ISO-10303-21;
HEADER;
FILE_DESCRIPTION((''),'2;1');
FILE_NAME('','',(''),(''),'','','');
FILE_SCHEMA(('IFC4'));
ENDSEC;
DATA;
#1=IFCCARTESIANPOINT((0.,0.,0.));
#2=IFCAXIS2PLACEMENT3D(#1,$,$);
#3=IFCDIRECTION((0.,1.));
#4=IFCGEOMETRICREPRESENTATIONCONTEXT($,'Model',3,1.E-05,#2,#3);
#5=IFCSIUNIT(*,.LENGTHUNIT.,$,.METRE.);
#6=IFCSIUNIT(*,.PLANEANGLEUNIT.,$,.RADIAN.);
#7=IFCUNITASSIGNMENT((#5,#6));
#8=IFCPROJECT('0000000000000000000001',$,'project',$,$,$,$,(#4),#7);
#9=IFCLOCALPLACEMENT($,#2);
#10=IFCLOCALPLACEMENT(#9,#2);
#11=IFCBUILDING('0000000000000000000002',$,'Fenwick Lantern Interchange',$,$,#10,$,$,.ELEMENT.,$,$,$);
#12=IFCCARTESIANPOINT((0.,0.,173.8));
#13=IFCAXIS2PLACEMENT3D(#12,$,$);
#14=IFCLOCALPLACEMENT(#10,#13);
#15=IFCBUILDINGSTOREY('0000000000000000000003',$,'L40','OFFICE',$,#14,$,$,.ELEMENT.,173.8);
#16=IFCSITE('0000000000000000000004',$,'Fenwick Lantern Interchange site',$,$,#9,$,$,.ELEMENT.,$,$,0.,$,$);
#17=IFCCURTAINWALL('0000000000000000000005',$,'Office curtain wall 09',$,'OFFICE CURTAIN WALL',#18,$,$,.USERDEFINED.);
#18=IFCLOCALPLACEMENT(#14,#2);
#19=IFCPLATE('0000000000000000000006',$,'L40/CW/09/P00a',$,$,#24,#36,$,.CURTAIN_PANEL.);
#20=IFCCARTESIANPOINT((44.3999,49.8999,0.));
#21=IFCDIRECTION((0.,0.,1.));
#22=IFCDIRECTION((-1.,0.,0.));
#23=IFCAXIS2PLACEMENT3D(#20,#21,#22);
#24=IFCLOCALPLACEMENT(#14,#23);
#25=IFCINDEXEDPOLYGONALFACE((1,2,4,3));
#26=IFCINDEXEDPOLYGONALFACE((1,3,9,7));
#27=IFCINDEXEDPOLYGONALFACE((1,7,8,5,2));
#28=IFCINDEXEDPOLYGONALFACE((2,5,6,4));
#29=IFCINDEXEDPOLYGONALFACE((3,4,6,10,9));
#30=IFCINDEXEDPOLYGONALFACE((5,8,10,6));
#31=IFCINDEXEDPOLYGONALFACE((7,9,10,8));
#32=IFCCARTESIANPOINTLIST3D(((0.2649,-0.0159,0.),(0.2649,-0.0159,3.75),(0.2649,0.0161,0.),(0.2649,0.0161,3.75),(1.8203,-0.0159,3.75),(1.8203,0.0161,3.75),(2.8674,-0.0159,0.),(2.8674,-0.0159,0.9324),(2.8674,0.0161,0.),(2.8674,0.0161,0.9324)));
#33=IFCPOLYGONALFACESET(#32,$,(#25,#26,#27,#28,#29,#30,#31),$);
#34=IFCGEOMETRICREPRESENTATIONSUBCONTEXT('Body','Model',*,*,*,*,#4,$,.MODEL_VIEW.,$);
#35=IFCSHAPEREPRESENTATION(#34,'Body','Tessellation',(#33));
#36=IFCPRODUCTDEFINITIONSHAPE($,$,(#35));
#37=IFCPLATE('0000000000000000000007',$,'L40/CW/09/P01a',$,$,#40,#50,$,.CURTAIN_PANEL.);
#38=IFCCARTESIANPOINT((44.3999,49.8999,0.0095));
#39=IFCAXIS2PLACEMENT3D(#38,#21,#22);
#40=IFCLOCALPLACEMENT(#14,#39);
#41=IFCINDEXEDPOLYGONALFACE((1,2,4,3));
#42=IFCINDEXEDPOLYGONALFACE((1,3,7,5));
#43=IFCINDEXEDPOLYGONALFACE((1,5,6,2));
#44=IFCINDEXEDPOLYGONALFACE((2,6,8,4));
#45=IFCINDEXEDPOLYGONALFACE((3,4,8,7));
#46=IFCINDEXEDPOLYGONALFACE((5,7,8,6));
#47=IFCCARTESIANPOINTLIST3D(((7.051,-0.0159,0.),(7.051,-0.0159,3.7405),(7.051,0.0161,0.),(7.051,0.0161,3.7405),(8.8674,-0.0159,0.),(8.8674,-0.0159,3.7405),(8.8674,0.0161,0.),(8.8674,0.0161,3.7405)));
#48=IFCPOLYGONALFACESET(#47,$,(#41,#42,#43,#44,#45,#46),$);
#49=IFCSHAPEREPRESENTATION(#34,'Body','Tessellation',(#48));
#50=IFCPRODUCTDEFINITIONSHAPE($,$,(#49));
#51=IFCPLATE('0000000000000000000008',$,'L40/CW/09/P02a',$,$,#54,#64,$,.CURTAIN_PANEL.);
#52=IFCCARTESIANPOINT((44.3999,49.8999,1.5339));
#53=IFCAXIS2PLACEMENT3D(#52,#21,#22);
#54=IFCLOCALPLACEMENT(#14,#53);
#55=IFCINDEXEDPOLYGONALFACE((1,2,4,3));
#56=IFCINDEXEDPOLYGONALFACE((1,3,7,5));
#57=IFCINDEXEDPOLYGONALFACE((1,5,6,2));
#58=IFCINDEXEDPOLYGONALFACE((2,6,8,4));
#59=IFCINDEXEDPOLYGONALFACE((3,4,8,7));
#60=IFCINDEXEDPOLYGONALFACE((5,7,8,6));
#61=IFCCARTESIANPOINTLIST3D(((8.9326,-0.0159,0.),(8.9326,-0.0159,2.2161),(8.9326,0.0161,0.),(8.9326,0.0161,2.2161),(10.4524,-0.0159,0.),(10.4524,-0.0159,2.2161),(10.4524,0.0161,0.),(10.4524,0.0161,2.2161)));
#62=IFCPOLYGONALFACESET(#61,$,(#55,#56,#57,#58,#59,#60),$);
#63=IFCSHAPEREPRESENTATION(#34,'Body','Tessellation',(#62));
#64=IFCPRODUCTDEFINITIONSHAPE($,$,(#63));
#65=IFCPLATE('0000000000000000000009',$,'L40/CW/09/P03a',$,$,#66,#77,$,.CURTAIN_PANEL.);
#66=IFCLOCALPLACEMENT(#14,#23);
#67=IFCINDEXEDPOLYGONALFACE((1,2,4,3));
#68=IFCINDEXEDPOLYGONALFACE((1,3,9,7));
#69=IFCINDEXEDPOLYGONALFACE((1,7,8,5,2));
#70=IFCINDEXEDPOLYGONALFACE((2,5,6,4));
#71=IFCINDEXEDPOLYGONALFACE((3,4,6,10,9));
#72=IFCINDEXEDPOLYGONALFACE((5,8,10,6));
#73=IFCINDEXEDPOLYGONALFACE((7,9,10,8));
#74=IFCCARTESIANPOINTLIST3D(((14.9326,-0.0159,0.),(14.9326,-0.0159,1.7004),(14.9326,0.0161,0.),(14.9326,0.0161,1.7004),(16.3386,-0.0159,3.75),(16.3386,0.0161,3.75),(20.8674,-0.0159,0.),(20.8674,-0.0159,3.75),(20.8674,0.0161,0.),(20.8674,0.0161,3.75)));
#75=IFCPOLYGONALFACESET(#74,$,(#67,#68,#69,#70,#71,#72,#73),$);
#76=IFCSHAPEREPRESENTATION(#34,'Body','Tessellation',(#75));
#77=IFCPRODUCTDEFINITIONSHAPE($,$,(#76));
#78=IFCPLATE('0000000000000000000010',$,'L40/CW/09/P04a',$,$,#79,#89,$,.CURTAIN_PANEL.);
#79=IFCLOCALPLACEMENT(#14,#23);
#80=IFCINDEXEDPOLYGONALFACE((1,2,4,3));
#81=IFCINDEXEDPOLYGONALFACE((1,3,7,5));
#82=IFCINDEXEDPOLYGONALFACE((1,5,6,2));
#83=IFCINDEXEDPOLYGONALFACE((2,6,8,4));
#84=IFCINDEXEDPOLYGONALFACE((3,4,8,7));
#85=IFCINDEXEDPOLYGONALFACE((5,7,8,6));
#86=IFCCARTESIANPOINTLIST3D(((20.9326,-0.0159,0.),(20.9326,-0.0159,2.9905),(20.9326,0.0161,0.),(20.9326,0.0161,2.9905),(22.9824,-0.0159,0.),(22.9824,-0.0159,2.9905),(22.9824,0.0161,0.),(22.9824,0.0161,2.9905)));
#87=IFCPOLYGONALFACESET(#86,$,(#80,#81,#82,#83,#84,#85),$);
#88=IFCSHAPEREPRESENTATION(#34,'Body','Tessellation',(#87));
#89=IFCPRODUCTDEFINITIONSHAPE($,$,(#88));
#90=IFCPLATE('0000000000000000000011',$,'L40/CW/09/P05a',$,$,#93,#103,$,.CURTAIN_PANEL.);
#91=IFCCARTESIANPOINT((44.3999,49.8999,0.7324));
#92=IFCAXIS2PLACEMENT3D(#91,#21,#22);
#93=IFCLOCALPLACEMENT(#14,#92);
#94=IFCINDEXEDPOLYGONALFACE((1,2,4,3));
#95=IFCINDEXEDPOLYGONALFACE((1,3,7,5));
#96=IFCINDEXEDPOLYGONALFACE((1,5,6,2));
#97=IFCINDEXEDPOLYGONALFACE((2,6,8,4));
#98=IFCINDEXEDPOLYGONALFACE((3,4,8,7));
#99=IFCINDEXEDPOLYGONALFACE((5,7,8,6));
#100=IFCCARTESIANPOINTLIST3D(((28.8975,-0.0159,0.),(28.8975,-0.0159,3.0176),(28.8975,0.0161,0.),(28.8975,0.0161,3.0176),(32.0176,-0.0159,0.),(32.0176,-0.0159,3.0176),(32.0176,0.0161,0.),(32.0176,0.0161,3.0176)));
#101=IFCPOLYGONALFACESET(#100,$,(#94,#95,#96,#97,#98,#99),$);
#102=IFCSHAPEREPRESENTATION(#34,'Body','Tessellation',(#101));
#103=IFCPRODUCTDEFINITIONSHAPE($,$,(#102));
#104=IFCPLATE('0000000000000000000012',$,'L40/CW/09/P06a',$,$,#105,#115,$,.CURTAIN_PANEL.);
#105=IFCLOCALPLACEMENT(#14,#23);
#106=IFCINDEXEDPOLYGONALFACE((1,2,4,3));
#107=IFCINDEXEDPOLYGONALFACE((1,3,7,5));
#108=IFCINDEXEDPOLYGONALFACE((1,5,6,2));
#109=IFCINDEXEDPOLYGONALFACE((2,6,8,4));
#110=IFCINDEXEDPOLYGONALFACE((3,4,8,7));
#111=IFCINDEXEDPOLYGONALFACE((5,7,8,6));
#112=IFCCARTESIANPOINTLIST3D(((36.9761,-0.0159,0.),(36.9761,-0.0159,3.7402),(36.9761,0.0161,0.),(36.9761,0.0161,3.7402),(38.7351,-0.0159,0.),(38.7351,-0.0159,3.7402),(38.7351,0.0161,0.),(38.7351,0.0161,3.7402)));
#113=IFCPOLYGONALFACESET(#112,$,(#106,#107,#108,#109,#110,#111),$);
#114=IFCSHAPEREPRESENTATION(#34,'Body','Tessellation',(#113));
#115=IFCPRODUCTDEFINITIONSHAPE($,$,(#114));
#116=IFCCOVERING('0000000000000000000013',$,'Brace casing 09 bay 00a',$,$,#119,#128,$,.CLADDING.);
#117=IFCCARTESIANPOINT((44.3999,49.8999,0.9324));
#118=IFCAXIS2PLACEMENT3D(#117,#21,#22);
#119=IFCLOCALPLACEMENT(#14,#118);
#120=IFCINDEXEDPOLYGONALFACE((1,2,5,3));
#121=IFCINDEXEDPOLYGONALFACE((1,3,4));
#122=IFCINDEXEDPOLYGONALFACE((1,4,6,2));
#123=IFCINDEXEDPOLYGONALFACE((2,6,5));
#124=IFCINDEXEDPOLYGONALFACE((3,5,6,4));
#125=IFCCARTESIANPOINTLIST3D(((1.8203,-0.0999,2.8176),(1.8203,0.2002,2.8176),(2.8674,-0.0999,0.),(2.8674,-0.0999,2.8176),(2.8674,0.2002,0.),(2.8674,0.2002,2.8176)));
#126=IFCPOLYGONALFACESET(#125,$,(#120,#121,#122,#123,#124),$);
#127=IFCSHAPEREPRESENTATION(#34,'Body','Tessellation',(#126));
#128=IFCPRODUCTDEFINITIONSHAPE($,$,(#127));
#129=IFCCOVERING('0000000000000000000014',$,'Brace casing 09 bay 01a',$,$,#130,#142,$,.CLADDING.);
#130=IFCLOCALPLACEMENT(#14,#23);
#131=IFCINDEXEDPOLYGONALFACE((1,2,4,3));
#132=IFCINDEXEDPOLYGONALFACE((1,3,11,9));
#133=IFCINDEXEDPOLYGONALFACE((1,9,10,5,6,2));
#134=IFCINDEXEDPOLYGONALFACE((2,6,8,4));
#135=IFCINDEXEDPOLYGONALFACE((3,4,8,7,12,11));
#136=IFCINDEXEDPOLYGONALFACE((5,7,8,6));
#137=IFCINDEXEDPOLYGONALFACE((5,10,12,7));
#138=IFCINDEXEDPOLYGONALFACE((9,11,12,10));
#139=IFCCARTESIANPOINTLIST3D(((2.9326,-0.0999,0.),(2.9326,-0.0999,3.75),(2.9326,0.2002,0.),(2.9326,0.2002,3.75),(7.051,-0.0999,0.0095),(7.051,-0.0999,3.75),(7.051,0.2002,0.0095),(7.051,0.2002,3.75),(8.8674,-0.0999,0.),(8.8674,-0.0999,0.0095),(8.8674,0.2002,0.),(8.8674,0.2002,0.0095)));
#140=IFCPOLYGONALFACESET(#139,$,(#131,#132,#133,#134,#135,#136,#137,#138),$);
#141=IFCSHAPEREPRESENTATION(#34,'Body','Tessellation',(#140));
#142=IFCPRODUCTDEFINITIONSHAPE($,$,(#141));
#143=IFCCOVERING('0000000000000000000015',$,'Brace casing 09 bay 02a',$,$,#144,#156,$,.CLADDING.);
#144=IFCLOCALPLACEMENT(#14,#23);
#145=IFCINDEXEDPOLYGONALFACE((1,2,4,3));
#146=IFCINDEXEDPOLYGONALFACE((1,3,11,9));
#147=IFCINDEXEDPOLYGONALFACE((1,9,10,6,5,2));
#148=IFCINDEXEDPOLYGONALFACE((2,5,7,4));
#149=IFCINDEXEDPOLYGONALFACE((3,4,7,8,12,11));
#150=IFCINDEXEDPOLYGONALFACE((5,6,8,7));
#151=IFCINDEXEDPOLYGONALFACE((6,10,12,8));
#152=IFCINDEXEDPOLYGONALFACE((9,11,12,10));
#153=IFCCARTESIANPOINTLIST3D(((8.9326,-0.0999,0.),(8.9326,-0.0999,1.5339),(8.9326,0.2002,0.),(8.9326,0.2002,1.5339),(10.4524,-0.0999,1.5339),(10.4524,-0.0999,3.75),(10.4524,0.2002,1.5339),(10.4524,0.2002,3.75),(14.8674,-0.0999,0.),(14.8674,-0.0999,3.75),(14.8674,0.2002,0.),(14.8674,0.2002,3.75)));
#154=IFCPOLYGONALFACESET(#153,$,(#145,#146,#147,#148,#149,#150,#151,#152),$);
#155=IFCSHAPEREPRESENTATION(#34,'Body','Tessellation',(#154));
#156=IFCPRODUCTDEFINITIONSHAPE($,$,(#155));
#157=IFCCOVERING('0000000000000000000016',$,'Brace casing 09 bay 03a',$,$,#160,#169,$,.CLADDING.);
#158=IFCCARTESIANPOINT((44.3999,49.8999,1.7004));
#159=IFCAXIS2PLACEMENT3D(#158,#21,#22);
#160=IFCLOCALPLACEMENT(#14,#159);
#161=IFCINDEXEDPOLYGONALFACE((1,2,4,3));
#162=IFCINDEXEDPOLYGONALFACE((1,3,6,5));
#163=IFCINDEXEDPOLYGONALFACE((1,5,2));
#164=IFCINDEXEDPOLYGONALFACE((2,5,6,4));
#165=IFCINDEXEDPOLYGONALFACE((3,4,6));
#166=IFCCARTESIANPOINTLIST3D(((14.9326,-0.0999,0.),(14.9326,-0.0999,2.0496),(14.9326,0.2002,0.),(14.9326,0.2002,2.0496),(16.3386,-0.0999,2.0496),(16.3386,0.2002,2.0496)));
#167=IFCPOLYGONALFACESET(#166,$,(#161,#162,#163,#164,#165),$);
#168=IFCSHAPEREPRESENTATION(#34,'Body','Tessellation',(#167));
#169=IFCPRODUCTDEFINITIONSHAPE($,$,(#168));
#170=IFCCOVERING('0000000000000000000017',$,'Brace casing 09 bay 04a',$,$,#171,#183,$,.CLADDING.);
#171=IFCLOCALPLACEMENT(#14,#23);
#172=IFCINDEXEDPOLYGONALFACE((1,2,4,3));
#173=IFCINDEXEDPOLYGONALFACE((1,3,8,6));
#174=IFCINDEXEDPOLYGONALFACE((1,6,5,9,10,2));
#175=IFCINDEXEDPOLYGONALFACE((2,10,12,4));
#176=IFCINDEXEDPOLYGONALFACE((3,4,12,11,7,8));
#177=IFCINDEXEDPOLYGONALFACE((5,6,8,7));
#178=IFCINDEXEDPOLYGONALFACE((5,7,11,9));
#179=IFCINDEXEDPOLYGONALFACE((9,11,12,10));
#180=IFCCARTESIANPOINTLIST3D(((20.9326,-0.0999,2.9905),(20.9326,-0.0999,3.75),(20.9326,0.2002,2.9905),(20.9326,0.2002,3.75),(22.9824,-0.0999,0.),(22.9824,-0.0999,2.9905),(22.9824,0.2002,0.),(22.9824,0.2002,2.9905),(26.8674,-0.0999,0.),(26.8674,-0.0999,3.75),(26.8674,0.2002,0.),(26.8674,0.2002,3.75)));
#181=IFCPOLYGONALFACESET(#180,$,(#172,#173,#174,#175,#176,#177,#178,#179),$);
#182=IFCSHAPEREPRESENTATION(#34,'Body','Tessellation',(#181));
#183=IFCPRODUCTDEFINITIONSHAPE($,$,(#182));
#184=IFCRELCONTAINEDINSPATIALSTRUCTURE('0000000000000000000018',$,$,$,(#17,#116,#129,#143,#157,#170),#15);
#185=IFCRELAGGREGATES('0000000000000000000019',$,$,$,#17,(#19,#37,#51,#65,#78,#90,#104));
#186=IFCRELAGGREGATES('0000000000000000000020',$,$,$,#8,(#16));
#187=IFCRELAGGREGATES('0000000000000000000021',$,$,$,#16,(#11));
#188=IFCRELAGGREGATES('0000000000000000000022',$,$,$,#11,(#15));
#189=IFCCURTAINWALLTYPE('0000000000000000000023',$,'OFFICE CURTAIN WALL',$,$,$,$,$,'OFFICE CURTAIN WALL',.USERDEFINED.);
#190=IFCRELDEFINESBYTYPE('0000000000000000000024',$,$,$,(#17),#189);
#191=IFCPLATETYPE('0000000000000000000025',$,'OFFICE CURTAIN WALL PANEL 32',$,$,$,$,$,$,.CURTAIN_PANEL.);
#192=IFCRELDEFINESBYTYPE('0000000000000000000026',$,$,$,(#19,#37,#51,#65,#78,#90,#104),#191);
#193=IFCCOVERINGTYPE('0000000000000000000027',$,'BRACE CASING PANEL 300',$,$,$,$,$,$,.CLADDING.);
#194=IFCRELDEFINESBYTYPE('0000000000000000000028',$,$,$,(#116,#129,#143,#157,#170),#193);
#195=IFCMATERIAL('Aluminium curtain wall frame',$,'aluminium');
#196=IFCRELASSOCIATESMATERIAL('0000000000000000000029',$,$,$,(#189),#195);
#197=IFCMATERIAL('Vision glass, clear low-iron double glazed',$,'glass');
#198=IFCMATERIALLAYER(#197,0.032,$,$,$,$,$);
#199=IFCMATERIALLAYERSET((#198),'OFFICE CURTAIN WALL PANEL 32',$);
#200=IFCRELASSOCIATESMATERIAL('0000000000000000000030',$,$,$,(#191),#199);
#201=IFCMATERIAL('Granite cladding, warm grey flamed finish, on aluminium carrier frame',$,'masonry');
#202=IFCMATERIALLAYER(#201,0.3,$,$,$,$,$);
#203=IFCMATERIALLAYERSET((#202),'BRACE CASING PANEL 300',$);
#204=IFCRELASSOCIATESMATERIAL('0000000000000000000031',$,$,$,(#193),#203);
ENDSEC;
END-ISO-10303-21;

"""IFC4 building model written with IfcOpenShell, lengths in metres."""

from ifc_helpers import new_model, si_unit, direction, frame, origin, place, context, subcontext, project, spatial, polyline, outline, extrude, material, layer, layer_set, type_object, element, aggregate, save


model = new_model("IFC4")

# Units and contexts
model_context = context("Model", 3, precision=1e-05, world=origin(), true_north=direction((0.0, 1.0)))
body_context = subcontext(model_context, "Body", "Model", "MODEL_VIEW")
ifc_project = project(units=[si_unit("LENGTHUNIT", "METRE"), si_unit("PLANEANGLEUNIT", "RADIAN")], contexts=[model_context])

# Site, building, storey
site_placement = place(None, origin())
site = spatial("IfcSite", under=ifc_project, at=site_placement, Name="Fenwick Lantern Interchange site", CompositionType="ELEMENT", RefElevation=0.0)
building_placement = place(site_placement, origin())
building = spatial("IfcBuilding", under=site, at=building_placement, Name="Fenwick Lantern Interchange", CompositionType="ELEMENT")
storey_placement = place(building_placement, frame((0.0, 0.0, 173.8)))
storey = spatial("IfcBuildingStorey", under=building, at=storey_placement, Name="L40", Description="OFFICE", CompositionType="ELEMENT", Elevation=173.8)

# Shared definitions
ifc_material_1 = material(Name="Aluminium curtain wall frame", Category="aluminium")
curtain_wall_type = type_object("IfcCurtainWallType", Name="OFFICE CURTAIN WALL", ElementType="OFFICE CURTAIN WALL", PredefinedType="USERDEFINED", material=ifc_material_1)

# Curtain wall
curtain_wall_1_placement = place(storey_placement, origin())
curtain_wall_1 = element("IfcCurtainWall", 1, at=curtain_wall_1_placement, inside=storey, type_object=curtain_wall_type, Name="Office curtain wall 09", ObjectType="OFFICE CURTAIN WALL", PredefinedType="USERDEFINED")

# Plates
ifc_material_2 = material(Name="Vision glass, clear low-iron double glazed", Category="glass")
ifc_layer_1 = layer(ifc_material_2, 0.032)
ifc_layer_set_1 = layer_set([ifc_layer_1], Name="OFFICE CURTAIN WALL PANEL 32")
plate_type = type_object("IfcPlateType", Name="OFFICE CURTAIN WALL PANEL 32", PredefinedType="CURTAIN_PANEL", material=ifc_layer_set_1)
plate_1_placement = place(storey_placement, frame((44.3999, 49.8999, 0.0), z_axis=(0.0, 0.0, 1.0), x_axis=(-1.0, 0.0, 0.0)))
plate_1 = element("IfcPlate", 2, at=plate_1_placement, type_object=plate_type, Name="L40/CW/09/P00a", PredefinedType="CURTAIN_PANEL", context=body_context, shape_type="SweptSolid", body=[
    extrude(outline(polyline([(0.2649, 0.0), (2.8674, 0.0), (2.8674, 0.9324), (1.8203, 3.75), (0.2649, 3.75), (0.2649, 0.0)])), frame((0.0, 0.0161, 0.0), z_axis=(0.0, -1.0, 0.0), x_axis=(1.0, 0.0, 0.0)), (0.0, 0.0, 1.0), 0.032),
])
plate_2_placement = place(storey_placement, frame((44.3999, 49.8999, 0.0095), z_axis=(0.0, 0.0, 1.0), x_axis=(-1.0, 0.0, 0.0)))
plate_2 = element("IfcPlate", 3, at=plate_2_placement, type_object=plate_type, Name="L40/CW/09/P01a", PredefinedType="CURTAIN_PANEL", context=body_context, shape_type="SweptSolid", body=[
    extrude(outline(polyline([(7.051, 0.0), (8.8674, 0.0), (8.8674, 3.7405), (7.051, 3.7405), (7.051, 0.0)])), frame((0.0, 0.0161, 0.0), z_axis=(0.0, -1.0, 0.0), x_axis=(1.0, 0.0, 0.0)), (0.0, 0.0, 1.0), 0.032),
])
plate_3_placement = place(storey_placement, frame((44.3999, 49.8999, 1.5339), z_axis=(0.0, 0.0, 1.0), x_axis=(-1.0, 0.0, 0.0)))
plate_3 = element("IfcPlate", 4, at=plate_3_placement, type_object=plate_type, Name="L40/CW/09/P02a", PredefinedType="CURTAIN_PANEL", context=body_context, shape_type="SweptSolid", body=[
    extrude(outline(polyline([(8.9326, 0.0), (10.4524, 0.0), (10.4524, 2.2161), (8.9326, 2.2161), (8.9326, 0.0)])), frame((0.0, 0.0161, 0.0), z_axis=(0.0, -1.0, 0.0), x_axis=(1.0, 0.0, 0.0)), (0.0, 0.0, 1.0), 0.032),
])
plate_4_placement = place(storey_placement, frame((44.3999, 49.8999, 0.0), z_axis=(0.0, 0.0, 1.0), x_axis=(-1.0, 0.0, 0.0)))
plate_4 = element("IfcPlate", 5, at=plate_4_placement, type_object=plate_type, Name="L40/CW/09/P03a", PredefinedType="CURTAIN_PANEL", context=body_context, shape_type="SweptSolid", body=[
    extrude(outline(polyline([(14.9326, 0.0), (20.8674, 0.0), (20.8674, 3.75), (16.3386, 3.75), (14.9326, 1.7004), (14.9326, 0.0)])), frame((0.0, 0.0161, 0.0), z_axis=(0.0, -1.0, 0.0), x_axis=(1.0, 0.0, 0.0)), (0.0, 0.0, 1.0), 0.032),
])
plate_5_placement = place(storey_placement, frame((44.3999, 49.8999, 0.0), z_axis=(0.0, 0.0, 1.0), x_axis=(-1.0, 0.0, 0.0)))
plate_5 = element("IfcPlate", 6, at=plate_5_placement, type_object=plate_type, Name="L40/CW/09/P04a", PredefinedType="CURTAIN_PANEL", context=body_context, shape_type="SweptSolid", body=[
    extrude(outline(polyline([(20.9326, 0.0), (22.9824, 0.0), (22.9824, 2.9905), (20.9326, 2.9905), (20.9326, 0.0)])), frame((0.0, 0.0161, 0.0), z_axis=(0.0, -1.0, 0.0), x_axis=(1.0, 0.0, 0.0)), (0.0, 0.0, 1.0), 0.032),
])
plate_6_placement = place(storey_placement, frame((44.3999, 49.8999, 0.7324), z_axis=(0.0, 0.0, 1.0), x_axis=(-1.0, 0.0, 0.0)))
plate_6 = element("IfcPlate", 7, at=plate_6_placement, type_object=plate_type, Name="L40/CW/09/P05a", PredefinedType="CURTAIN_PANEL", context=body_context, shape_type="SweptSolid", body=[
    extrude(outline(polyline([(28.8975, 0.0), (32.0176, 0.0), (32.0176, 3.0176), (28.8975, 3.0176), (28.8975, 0.0)])), frame((0.0, 0.0161, 0.0), z_axis=(0.0, -1.0, 0.0), x_axis=(1.0, 0.0, 0.0)), (0.0, 0.0, 1.0), 0.032),
])
plate_7_placement = place(storey_placement, frame((44.3999, 49.8999, 0.0), z_axis=(0.0, 0.0, 1.0), x_axis=(-1.0, 0.0, 0.0)))
plate_7 = element("IfcPlate", 8, at=plate_7_placement, type_object=plate_type, Name="L40/CW/09/P06a", PredefinedType="CURTAIN_PANEL", context=body_context, shape_type="SweptSolid", body=[
    extrude(outline(polyline([(36.9761, 0.0), (38.7351, 0.0), (38.7351, 3.7402), (36.9761, 3.7402), (36.9761, 0.0)])), frame((0.0, 0.0161, 0.0), z_axis=(0.0, -1.0, 0.0), x_axis=(1.0, 0.0, 0.0)), (0.0, 0.0, 1.0), 0.032),
])
aggregate(curtain_wall_1, [plate_1, plate_2, plate_3, plate_4, plate_5, plate_6, plate_7])

# Coverings
ifc_material_3 = material(Name="Granite cladding, warm grey flamed finish, on aluminium carrier frame", Category="masonry")
ifc_layer_2 = layer(ifc_material_3, 0.3)
ifc_layer_set_2 = layer_set([ifc_layer_2], Name="BRACE CASING PANEL 300")
covering_type = type_object("IfcCoveringType", Name="BRACE CASING PANEL 300", PredefinedType="CLADDING", material=ifc_layer_set_2)
covering_1_placement = place(storey_placement, frame((44.3999, 49.8999, 0.9324), z_axis=(0.0, 0.0, 1.0), x_axis=(-1.0, 0.0, 0.0)))
element("IfcCovering", 9, at=covering_1_placement, inside=storey, type_object=covering_type, Name="Brace casing 09 bay 00a", PredefinedType="CLADDING", context=body_context, shape_type="SweptSolid", body=[
    extrude(outline(polyline([(2.8674, 0.0), (2.8674, 2.8176), (1.8203, 2.8176), (2.8674, 0.0)])), frame((0.0, 0.2002, 0.0), z_axis=(0.0, -1.0, 0.0), x_axis=(1.0, 0.0, 0.0)), (0.0, 0.0, 1.0), 0.3),
])
covering_2_placement = place(storey_placement, frame((44.3999, 49.8999, 0.0), z_axis=(0.0, 0.0, 1.0), x_axis=(-1.0, 0.0, 0.0)))
element("IfcCovering", 10, at=covering_2_placement, inside=storey, type_object=covering_type, Name="Brace casing 09 bay 01a", PredefinedType="CLADDING", context=body_context, shape_type="SweptSolid", body=[
    extrude(outline(polyline([(2.9326, 0.0), (8.8674, 0.0), (8.8674, 0.0095), (7.051, 0.0095), (7.051, 3.75), (2.9326, 3.75), (2.9326, 0.0)])), frame((0.0, 0.2002, 0.0), z_axis=(0.0, -1.0, 0.0), x_axis=(1.0, 0.0, 0.0)), (0.0, 0.0, 1.0), 0.3),
])
covering_3_placement = place(storey_placement, frame((44.3999, 49.8999, 0.0), z_axis=(0.0, 0.0, 1.0), x_axis=(-1.0, 0.0, 0.0)))
element("IfcCovering", 11, at=covering_3_placement, inside=storey, type_object=covering_type, Name="Brace casing 09 bay 02a", PredefinedType="CLADDING", context=body_context, shape_type="SweptSolid", body=[
    extrude(outline(polyline([(8.9326, 0.0), (14.8674, 0.0), (14.8674, 3.75), (10.4524, 3.75), (10.4524, 1.5339), (8.9326, 1.5339), (8.9326, 0.0)])), frame((0.0, 0.2002, 0.0), z_axis=(0.0, -1.0, 0.0), x_axis=(1.0, 0.0, 0.0)), (0.0, 0.0, 1.0), 0.3),
])
covering_4_placement = place(storey_placement, frame((44.3999, 49.8999, 1.7004), z_axis=(0.0, 0.0, 1.0), x_axis=(-1.0, 0.0, 0.0)))
element("IfcCovering", 12, at=covering_4_placement, inside=storey, type_object=covering_type, Name="Brace casing 09 bay 03a", PredefinedType="CLADDING", context=body_context, shape_type="SweptSolid", body=[
    extrude(outline(polyline([(14.9326, 0.0), (16.3386, 2.0496), (14.9326, 2.0496), (14.9326, 0.0)])), frame((0.0, 0.2002, 0.0), z_axis=(0.0, -1.0, 0.0), x_axis=(1.0, 0.0, 0.0)), (0.0, 0.0, 1.0), 0.3),
])
covering_5_placement = place(storey_placement, frame((44.3999, 49.8999, 0.0), z_axis=(0.0, 0.0, 1.0), x_axis=(-1.0, 0.0, 0.0)))
element("IfcCovering", 13, at=covering_5_placement, inside=storey, type_object=covering_type, Name="Brace casing 09 bay 04a", PredefinedType="CLADDING", context=body_context, shape_type="SweptSolid", body=[
    extrude(outline(polyline([(22.9824, 0.0), (26.8674, 0.0), (26.8674, 3.75), (20.9326, 3.75), (20.9326, 2.9905), (22.9824, 2.9905), (22.9824, 0.0)])), frame((0.0, 0.2002, 0.0), z_axis=(0.0, -1.0, 0.0), x_axis=(1.0, 0.0, 0.0)), (0.0, 0.0, 1.0), 0.3),
])

save(model, "model.ifc")
